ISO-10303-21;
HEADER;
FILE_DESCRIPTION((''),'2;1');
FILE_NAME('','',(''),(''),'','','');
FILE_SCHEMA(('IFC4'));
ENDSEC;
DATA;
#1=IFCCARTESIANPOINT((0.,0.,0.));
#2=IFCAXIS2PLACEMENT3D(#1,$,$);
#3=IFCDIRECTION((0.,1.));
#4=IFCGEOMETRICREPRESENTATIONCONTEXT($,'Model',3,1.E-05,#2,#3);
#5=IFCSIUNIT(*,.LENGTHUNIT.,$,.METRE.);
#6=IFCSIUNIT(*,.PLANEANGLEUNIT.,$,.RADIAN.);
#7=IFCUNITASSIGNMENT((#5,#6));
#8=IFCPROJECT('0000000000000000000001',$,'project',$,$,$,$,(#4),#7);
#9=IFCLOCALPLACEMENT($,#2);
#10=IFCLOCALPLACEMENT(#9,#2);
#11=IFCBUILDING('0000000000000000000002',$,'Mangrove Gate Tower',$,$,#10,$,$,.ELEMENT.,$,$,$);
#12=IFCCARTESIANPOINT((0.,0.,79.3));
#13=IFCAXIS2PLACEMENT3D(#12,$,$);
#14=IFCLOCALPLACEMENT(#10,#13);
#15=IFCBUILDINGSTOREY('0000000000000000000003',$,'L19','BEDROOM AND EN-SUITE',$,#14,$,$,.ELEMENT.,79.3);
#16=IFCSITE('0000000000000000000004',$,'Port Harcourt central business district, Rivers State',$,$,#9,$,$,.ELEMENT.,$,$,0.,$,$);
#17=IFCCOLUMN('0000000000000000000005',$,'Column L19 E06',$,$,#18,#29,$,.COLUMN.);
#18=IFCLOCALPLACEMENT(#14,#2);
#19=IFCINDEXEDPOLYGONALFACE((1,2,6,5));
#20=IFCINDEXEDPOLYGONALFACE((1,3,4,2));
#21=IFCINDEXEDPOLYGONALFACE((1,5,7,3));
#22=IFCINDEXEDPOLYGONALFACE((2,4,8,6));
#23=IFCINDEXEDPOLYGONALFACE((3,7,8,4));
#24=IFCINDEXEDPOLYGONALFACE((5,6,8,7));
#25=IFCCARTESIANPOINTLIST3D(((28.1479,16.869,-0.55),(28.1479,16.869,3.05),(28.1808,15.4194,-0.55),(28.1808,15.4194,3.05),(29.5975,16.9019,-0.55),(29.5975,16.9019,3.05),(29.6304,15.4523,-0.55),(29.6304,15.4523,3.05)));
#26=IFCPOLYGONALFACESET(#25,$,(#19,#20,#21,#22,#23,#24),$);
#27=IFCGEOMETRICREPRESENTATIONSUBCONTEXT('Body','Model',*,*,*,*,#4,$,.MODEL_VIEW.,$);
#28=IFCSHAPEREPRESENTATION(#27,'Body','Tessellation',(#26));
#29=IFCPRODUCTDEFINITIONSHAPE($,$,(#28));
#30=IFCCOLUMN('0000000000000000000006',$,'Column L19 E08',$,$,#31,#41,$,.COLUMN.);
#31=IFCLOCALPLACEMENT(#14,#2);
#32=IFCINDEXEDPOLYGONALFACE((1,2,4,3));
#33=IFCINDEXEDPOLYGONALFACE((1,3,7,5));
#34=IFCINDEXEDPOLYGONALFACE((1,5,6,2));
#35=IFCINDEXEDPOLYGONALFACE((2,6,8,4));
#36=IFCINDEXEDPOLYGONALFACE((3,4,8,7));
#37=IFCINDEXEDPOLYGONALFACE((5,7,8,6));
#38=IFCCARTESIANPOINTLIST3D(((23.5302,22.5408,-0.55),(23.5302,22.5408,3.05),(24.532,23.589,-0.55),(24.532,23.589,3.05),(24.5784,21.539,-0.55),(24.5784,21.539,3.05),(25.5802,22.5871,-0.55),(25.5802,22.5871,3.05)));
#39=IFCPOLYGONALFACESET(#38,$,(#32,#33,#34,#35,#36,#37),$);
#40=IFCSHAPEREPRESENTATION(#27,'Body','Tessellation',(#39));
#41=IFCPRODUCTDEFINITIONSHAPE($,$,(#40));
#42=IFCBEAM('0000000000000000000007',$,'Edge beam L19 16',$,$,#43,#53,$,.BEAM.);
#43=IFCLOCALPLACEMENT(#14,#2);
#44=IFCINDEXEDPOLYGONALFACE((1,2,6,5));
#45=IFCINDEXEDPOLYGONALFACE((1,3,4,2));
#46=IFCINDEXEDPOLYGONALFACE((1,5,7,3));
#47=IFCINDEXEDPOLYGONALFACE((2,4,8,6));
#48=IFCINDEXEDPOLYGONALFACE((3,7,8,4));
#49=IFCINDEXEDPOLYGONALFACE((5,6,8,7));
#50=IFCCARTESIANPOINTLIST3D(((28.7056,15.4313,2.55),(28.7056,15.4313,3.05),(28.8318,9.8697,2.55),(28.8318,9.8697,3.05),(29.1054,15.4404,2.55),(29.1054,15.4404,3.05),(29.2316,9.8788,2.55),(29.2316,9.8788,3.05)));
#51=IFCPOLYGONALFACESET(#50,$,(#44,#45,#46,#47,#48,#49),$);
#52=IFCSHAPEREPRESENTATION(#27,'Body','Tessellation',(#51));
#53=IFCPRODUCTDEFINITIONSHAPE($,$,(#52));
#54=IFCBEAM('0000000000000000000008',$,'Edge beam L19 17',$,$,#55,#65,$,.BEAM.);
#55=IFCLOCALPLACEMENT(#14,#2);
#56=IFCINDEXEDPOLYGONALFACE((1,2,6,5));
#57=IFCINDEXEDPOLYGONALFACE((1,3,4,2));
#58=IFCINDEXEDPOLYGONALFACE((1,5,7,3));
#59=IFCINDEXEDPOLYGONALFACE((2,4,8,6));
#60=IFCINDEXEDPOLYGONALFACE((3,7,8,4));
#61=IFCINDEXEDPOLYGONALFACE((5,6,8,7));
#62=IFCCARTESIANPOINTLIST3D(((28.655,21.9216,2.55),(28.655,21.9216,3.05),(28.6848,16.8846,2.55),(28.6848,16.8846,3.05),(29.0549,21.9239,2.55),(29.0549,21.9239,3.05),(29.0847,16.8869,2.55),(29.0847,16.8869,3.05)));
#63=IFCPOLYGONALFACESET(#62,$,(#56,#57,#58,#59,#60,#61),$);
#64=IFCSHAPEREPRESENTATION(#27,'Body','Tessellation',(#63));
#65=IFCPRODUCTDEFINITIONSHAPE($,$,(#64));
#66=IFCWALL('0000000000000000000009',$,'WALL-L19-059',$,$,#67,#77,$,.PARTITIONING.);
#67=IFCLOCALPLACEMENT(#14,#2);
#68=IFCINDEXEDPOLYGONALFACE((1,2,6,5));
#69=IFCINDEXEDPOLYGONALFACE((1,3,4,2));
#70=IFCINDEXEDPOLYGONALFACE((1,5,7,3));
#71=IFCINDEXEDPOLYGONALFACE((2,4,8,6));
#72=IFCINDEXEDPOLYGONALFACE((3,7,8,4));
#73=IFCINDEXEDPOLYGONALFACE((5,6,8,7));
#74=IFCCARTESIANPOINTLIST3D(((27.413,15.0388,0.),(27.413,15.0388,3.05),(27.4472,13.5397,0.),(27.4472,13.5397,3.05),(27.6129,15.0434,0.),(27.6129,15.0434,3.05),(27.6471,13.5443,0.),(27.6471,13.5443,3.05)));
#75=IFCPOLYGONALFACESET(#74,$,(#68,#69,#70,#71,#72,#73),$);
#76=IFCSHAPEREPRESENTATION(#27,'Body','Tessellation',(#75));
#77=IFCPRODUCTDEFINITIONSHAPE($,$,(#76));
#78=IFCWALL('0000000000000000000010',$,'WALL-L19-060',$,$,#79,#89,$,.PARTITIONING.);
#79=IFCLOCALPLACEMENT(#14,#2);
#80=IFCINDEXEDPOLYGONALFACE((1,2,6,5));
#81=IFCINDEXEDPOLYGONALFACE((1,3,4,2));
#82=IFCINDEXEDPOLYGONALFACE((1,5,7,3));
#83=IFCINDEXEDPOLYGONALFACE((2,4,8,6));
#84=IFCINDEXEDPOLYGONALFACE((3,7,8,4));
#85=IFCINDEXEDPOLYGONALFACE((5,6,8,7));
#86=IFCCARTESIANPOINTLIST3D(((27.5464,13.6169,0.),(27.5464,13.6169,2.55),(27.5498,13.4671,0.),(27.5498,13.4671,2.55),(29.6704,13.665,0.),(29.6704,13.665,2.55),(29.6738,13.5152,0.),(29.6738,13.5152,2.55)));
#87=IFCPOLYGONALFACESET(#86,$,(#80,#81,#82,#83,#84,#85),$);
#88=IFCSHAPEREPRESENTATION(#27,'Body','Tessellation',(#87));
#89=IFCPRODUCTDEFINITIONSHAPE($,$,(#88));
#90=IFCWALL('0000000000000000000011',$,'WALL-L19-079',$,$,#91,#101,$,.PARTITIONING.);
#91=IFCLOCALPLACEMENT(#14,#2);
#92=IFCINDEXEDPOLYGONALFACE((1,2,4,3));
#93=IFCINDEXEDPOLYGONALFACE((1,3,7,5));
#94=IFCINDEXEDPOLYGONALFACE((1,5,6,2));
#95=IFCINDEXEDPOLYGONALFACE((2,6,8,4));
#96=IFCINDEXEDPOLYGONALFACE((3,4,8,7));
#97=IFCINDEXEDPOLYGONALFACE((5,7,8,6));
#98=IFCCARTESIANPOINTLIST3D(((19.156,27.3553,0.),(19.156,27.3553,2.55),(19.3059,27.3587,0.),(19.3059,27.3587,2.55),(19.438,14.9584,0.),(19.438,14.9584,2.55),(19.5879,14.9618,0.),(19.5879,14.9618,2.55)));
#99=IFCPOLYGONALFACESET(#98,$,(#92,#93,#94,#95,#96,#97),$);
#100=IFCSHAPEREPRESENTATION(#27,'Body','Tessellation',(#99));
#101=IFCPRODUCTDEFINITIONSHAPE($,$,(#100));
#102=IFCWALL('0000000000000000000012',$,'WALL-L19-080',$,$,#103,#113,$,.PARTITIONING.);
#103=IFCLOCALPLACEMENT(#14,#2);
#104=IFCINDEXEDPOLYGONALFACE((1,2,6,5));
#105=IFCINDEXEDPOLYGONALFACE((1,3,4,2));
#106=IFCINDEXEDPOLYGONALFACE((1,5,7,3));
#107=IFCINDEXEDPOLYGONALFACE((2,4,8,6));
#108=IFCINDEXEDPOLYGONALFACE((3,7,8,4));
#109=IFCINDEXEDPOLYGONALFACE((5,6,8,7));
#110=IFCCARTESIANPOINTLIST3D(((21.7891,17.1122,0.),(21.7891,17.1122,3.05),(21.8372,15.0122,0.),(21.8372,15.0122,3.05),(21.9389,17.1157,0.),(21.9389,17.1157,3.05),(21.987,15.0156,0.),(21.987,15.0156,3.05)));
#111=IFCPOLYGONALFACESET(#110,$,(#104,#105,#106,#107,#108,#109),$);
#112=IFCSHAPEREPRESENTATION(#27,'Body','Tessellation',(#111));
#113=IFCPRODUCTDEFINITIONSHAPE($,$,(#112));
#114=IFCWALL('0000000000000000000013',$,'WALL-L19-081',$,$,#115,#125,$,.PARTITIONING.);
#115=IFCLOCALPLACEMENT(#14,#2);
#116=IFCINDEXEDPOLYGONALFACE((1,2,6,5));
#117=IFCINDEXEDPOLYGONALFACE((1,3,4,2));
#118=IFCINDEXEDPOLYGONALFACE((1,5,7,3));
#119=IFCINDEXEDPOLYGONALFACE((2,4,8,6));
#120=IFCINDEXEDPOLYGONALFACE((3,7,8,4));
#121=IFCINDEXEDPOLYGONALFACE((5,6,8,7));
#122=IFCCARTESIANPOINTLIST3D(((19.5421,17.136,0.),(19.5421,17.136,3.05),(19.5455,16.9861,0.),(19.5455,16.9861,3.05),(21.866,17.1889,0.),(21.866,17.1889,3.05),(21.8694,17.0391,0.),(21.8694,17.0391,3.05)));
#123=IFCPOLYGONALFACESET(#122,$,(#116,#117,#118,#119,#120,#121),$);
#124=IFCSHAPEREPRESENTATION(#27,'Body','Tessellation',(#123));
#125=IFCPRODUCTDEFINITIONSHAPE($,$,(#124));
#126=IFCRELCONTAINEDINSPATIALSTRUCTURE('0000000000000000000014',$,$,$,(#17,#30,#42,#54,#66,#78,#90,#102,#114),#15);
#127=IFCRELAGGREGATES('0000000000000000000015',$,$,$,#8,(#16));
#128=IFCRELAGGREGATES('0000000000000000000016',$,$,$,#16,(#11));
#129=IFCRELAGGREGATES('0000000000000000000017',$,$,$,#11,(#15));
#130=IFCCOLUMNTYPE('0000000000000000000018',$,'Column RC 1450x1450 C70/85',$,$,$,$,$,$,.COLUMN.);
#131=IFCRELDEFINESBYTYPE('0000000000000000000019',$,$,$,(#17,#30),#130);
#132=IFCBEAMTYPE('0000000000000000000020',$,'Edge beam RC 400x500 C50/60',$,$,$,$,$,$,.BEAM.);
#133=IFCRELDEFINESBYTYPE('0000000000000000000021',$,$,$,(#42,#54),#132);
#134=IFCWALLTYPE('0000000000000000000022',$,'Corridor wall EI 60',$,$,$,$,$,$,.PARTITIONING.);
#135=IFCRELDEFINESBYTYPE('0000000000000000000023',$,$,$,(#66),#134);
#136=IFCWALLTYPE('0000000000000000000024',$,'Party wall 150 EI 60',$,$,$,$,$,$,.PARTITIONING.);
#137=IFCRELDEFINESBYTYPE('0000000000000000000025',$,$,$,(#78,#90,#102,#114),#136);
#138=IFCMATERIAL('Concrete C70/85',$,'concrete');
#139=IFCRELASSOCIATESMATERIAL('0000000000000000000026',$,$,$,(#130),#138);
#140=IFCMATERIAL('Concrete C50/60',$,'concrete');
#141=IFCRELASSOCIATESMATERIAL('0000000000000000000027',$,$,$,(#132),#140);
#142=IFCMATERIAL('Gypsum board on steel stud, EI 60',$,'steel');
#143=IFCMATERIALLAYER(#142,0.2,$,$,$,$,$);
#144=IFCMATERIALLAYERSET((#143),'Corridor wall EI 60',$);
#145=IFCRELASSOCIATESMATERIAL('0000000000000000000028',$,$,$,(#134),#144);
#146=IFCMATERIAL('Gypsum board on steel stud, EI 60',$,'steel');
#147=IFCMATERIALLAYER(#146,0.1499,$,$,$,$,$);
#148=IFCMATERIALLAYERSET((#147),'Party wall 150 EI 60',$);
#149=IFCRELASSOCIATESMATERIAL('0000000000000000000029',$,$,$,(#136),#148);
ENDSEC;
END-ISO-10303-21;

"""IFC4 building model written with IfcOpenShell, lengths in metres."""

from ifc_helpers import new_model, si_unit, direction, frame, frame_2d, origin, origin_2d, place, context, subcontext, project, spatial, rectangle, extrude, material, layer, layer_set, material_profile, profile_set, type_object, element, save


model = new_model("IFC4")

# Units and contexts
model_context = context("Model", 3, precision=1e-05, world=origin(), true_north=direction((0.0, 1.0)))
body_context = subcontext(model_context, "Body", "Model", "MODEL_VIEW")
ifc_project = project(units=[si_unit("LENGTHUNIT", "METRE"), si_unit("PLANEANGLEUNIT", "RADIAN")], contexts=[model_context])

# Site, building, storey
site_placement = place(None, origin())
site = spatial("IfcSite", under=ifc_project, at=site_placement, Name="Port Harcourt central business district, Rivers State", CompositionType="ELEMENT", RefElevation=0.0)
building_placement = place(site_placement, origin())
building = spatial("IfcBuilding", under=site, at=building_placement, Name="Mangrove Gate Tower", CompositionType="ELEMENT")
storey_placement = place(building_placement, frame((0.0, 0.0, 79.3)))
storey = spatial("IfcBuildingStorey", under=building, at=storey_placement, Name="L19", Description="BEDROOM AND EN-SUITE", CompositionType="ELEMENT", Elevation=79.3)

# Columns
ifc_material_1 = material(Name="Concrete C70/85", Category="concrete")
ifc_material_profile_1 = material_profile(ifc_material_1, rectangle(XDim=1.45, YDim=1.45, at=origin_2d()))
ifc_profile_set_1 = profile_set([ifc_material_profile_1], Name="Concrete C70/85")
column_type = type_object("IfcColumnType", Name="Column RC 1450x1450 C70/85", PredefinedType="COLUMN", material=ifc_profile_set_1)
for number, where, z_axis, x_axis, name in (
    (1, (28.8892, 16.1606, -0.55), (0.0, 0.0, 1.0), (-0.022674, 0.999743, 0.0), "Column L19 E06"),
    (2, (24.5552, 22.564, -0.55), (0.0, 0.0, 1.0), (-0.722914, 0.690938, 0.0), "Column L19 E08"),
):
    element("IfcColumn", number, at=place(storey_placement, frame(where, z_axis=z_axis, x_axis=x_axis)), inside=storey, type_object=column_type, Name=name, PredefinedType="COLUMN", context=body_context, shape_type="SweptSolid", body=[
        extrude(rectangle(XDim=1.45, YDim=1.45, at=origin_2d()), origin(), (0.0, 0.0, 1.0), 3.6001),
    ])

# Beams
ifc_material_2 = material(Name="Concrete C50/60", Category="concrete")
ifc_material_profile_2 = material_profile(ifc_material_2, rectangle(XDim=0.3999, YDim=0.5, at=origin_2d()))
ifc_profile_set_2 = profile_set([ifc_material_profile_2], Name="Concrete C50/60")
beam_type = type_object("IfcBeamType", Name="Edge beam RC 400x500 C50/60", PredefinedType="BEAM", material=ifc_profile_set_2)
beam_1_placement = place(storey_placement, frame((29.0317, 9.8743, 2.8), z_axis=(-0.02269, 0.999743, 0.0), x_axis=(-0.999743, -0.02269, 0.0)))
element("IfcBeam", 3, at=beam_1_placement, inside=storey, type_object=beam_type, Name="Edge beam L19 16", PredefinedType="BEAM", context=body_context, shape_type="SweptSolid", body=[
    extrude(rectangle(XDim=0.3999, YDim=0.5, at=origin_2d()), origin(), (0.0, 0.0, 1.0), 5.563),
])
beam_2_placement = place(storey_placement, frame((28.8848, 16.8857, 2.8), z_axis=(-0.005913, 0.999983, 0.0), x_axis=(-0.999983, -0.005913, 0.0)))
element("IfcBeam", 4, at=beam_2_placement, inside=storey, type_object=beam_type, Name="Edge beam L19 17", PredefinedType="BEAM", context=body_context, shape_type="SweptSolid", body=[
    extrude(rectangle(XDim=0.3999, YDim=0.5, at=origin_2d()), origin(), (0.0, 0.0, 1.0), 5.0371),
])

# Walls
ifc_material_3 = material(Name="Gypsum board on steel stud, EI 60", Category="steel")
ifc_layer_1 = layer(ifc_material_3, 0.2)
ifc_layer_set_1 = layer_set([ifc_layer_1], Name="Corridor wall EI 60")
wall_type_1 = type_object("IfcWallType", Name="Corridor wall EI 60", PredefinedType="PARTITIONING", material=ifc_layer_set_1)
wall_1_placement = place(storey_placement, frame((27.5471, 13.542, 0.0), z_axis=(0.0, 0.0, 1.0), x_axis=(-0.022795, 0.99974, 0.0)))
element("IfcWall", 5, at=wall_1_placement, inside=storey, type_object=wall_type_1, Name="WALL-L19-059", PredefinedType="PARTITIONING", context=body_context, shape_type="SweptSolid", body=[
    extrude(rectangle(XDim=1.4995, YDim=0.2, at=frame_2d((0.7498, 0.0))), origin(), (0.0, 0.0, 1.0), 3.05),
])
ifc_material_4 = material(Name="Gypsum board on steel stud, EI 60", Category="steel")
ifc_layer_2 = layer(ifc_material_4, 0.1499)
ifc_layer_set_2 = layer_set([ifc_layer_2], Name="Party wall 150 EI 60")
wall_type_2 = type_object("IfcWallType", Name="Party wall 150 EI 60", PredefinedType="PARTITIONING", material=ifc_layer_set_2)
wall_2_placement = place(storey_placement, frame((27.5481, 13.542, 0.0), z_axis=(0.0, 0.0, 1.0), x_axis=(0.999744, 0.022638, 0.0)))
element("IfcWall", 6, at=wall_2_placement, inside=storey, type_object=wall_type_2, Name="WALL-L19-060", PredefinedType="PARTITIONING", context=body_context, shape_type="SweptSolid", body=[
    extrude(rectangle(XDim=2.1245, YDim=0.1499, at=frame_2d((1.0623, 0.0))), origin(), (0.0, 0.0, 1.0), 2.55),
])
wall_3_placement = place(storey_placement, frame((19.5129, 14.96, 0.0), z_axis=(0.0, 0.0, 1.0), x_axis=(-0.02274, 0.999741, 0.0)))
element("IfcWall", 7, at=wall_3_placement, inside=storey, type_object=wall_type_2, Name="WALL-L19-079", PredefinedType="PARTITIONING", context=body_context, shape_type="SweptSolid", body=[
    extrude(rectangle(XDim=12.4001, YDim=0.1499, at=frame_2d((6.2002, 0.0))), origin(), (0.0, 0.0, 1.0), 2.55),
])
wall_4_placement = place(storey_placement, frame((21.9121, 15.0139, 0.0), z_axis=(0.0, 0.0, 1.0), x_axis=(-0.022896, 0.999738, 0.0)))
element("IfcWall", 8, at=wall_4_placement, inside=storey, type_object=wall_type_2, Name="WALL-L19-080", PredefinedType="PARTITIONING", context=body_context, shape_type="SweptSolid", body=[
    extrude(rectangle(XDim=2.1006, YDim=0.1499, at=frame_2d((1.0503, 0.0))), origin(), (0.0, 0.0, 1.0), 3.05),
])
wall_5_placement = place(storey_placement, frame((19.5439, 17.061, 0.0), z_axis=(0.0, 0.0, 1.0), x_axis=(0.99974, 0.022791, 0.0)))
element("IfcWall", 9, at=wall_5_placement, inside=storey, type_object=wall_type_2, Name="WALL-L19-081", PredefinedType="PARTITIONING", context=body_context, shape_type="SweptSolid", body=[
    extrude(rectangle(XDim=2.3245, YDim=0.1499, at=frame_2d((1.1621, 0.0))), origin(), (0.0, 0.0, 1.0), 3.05),
])

save(model, "model.ifc")
